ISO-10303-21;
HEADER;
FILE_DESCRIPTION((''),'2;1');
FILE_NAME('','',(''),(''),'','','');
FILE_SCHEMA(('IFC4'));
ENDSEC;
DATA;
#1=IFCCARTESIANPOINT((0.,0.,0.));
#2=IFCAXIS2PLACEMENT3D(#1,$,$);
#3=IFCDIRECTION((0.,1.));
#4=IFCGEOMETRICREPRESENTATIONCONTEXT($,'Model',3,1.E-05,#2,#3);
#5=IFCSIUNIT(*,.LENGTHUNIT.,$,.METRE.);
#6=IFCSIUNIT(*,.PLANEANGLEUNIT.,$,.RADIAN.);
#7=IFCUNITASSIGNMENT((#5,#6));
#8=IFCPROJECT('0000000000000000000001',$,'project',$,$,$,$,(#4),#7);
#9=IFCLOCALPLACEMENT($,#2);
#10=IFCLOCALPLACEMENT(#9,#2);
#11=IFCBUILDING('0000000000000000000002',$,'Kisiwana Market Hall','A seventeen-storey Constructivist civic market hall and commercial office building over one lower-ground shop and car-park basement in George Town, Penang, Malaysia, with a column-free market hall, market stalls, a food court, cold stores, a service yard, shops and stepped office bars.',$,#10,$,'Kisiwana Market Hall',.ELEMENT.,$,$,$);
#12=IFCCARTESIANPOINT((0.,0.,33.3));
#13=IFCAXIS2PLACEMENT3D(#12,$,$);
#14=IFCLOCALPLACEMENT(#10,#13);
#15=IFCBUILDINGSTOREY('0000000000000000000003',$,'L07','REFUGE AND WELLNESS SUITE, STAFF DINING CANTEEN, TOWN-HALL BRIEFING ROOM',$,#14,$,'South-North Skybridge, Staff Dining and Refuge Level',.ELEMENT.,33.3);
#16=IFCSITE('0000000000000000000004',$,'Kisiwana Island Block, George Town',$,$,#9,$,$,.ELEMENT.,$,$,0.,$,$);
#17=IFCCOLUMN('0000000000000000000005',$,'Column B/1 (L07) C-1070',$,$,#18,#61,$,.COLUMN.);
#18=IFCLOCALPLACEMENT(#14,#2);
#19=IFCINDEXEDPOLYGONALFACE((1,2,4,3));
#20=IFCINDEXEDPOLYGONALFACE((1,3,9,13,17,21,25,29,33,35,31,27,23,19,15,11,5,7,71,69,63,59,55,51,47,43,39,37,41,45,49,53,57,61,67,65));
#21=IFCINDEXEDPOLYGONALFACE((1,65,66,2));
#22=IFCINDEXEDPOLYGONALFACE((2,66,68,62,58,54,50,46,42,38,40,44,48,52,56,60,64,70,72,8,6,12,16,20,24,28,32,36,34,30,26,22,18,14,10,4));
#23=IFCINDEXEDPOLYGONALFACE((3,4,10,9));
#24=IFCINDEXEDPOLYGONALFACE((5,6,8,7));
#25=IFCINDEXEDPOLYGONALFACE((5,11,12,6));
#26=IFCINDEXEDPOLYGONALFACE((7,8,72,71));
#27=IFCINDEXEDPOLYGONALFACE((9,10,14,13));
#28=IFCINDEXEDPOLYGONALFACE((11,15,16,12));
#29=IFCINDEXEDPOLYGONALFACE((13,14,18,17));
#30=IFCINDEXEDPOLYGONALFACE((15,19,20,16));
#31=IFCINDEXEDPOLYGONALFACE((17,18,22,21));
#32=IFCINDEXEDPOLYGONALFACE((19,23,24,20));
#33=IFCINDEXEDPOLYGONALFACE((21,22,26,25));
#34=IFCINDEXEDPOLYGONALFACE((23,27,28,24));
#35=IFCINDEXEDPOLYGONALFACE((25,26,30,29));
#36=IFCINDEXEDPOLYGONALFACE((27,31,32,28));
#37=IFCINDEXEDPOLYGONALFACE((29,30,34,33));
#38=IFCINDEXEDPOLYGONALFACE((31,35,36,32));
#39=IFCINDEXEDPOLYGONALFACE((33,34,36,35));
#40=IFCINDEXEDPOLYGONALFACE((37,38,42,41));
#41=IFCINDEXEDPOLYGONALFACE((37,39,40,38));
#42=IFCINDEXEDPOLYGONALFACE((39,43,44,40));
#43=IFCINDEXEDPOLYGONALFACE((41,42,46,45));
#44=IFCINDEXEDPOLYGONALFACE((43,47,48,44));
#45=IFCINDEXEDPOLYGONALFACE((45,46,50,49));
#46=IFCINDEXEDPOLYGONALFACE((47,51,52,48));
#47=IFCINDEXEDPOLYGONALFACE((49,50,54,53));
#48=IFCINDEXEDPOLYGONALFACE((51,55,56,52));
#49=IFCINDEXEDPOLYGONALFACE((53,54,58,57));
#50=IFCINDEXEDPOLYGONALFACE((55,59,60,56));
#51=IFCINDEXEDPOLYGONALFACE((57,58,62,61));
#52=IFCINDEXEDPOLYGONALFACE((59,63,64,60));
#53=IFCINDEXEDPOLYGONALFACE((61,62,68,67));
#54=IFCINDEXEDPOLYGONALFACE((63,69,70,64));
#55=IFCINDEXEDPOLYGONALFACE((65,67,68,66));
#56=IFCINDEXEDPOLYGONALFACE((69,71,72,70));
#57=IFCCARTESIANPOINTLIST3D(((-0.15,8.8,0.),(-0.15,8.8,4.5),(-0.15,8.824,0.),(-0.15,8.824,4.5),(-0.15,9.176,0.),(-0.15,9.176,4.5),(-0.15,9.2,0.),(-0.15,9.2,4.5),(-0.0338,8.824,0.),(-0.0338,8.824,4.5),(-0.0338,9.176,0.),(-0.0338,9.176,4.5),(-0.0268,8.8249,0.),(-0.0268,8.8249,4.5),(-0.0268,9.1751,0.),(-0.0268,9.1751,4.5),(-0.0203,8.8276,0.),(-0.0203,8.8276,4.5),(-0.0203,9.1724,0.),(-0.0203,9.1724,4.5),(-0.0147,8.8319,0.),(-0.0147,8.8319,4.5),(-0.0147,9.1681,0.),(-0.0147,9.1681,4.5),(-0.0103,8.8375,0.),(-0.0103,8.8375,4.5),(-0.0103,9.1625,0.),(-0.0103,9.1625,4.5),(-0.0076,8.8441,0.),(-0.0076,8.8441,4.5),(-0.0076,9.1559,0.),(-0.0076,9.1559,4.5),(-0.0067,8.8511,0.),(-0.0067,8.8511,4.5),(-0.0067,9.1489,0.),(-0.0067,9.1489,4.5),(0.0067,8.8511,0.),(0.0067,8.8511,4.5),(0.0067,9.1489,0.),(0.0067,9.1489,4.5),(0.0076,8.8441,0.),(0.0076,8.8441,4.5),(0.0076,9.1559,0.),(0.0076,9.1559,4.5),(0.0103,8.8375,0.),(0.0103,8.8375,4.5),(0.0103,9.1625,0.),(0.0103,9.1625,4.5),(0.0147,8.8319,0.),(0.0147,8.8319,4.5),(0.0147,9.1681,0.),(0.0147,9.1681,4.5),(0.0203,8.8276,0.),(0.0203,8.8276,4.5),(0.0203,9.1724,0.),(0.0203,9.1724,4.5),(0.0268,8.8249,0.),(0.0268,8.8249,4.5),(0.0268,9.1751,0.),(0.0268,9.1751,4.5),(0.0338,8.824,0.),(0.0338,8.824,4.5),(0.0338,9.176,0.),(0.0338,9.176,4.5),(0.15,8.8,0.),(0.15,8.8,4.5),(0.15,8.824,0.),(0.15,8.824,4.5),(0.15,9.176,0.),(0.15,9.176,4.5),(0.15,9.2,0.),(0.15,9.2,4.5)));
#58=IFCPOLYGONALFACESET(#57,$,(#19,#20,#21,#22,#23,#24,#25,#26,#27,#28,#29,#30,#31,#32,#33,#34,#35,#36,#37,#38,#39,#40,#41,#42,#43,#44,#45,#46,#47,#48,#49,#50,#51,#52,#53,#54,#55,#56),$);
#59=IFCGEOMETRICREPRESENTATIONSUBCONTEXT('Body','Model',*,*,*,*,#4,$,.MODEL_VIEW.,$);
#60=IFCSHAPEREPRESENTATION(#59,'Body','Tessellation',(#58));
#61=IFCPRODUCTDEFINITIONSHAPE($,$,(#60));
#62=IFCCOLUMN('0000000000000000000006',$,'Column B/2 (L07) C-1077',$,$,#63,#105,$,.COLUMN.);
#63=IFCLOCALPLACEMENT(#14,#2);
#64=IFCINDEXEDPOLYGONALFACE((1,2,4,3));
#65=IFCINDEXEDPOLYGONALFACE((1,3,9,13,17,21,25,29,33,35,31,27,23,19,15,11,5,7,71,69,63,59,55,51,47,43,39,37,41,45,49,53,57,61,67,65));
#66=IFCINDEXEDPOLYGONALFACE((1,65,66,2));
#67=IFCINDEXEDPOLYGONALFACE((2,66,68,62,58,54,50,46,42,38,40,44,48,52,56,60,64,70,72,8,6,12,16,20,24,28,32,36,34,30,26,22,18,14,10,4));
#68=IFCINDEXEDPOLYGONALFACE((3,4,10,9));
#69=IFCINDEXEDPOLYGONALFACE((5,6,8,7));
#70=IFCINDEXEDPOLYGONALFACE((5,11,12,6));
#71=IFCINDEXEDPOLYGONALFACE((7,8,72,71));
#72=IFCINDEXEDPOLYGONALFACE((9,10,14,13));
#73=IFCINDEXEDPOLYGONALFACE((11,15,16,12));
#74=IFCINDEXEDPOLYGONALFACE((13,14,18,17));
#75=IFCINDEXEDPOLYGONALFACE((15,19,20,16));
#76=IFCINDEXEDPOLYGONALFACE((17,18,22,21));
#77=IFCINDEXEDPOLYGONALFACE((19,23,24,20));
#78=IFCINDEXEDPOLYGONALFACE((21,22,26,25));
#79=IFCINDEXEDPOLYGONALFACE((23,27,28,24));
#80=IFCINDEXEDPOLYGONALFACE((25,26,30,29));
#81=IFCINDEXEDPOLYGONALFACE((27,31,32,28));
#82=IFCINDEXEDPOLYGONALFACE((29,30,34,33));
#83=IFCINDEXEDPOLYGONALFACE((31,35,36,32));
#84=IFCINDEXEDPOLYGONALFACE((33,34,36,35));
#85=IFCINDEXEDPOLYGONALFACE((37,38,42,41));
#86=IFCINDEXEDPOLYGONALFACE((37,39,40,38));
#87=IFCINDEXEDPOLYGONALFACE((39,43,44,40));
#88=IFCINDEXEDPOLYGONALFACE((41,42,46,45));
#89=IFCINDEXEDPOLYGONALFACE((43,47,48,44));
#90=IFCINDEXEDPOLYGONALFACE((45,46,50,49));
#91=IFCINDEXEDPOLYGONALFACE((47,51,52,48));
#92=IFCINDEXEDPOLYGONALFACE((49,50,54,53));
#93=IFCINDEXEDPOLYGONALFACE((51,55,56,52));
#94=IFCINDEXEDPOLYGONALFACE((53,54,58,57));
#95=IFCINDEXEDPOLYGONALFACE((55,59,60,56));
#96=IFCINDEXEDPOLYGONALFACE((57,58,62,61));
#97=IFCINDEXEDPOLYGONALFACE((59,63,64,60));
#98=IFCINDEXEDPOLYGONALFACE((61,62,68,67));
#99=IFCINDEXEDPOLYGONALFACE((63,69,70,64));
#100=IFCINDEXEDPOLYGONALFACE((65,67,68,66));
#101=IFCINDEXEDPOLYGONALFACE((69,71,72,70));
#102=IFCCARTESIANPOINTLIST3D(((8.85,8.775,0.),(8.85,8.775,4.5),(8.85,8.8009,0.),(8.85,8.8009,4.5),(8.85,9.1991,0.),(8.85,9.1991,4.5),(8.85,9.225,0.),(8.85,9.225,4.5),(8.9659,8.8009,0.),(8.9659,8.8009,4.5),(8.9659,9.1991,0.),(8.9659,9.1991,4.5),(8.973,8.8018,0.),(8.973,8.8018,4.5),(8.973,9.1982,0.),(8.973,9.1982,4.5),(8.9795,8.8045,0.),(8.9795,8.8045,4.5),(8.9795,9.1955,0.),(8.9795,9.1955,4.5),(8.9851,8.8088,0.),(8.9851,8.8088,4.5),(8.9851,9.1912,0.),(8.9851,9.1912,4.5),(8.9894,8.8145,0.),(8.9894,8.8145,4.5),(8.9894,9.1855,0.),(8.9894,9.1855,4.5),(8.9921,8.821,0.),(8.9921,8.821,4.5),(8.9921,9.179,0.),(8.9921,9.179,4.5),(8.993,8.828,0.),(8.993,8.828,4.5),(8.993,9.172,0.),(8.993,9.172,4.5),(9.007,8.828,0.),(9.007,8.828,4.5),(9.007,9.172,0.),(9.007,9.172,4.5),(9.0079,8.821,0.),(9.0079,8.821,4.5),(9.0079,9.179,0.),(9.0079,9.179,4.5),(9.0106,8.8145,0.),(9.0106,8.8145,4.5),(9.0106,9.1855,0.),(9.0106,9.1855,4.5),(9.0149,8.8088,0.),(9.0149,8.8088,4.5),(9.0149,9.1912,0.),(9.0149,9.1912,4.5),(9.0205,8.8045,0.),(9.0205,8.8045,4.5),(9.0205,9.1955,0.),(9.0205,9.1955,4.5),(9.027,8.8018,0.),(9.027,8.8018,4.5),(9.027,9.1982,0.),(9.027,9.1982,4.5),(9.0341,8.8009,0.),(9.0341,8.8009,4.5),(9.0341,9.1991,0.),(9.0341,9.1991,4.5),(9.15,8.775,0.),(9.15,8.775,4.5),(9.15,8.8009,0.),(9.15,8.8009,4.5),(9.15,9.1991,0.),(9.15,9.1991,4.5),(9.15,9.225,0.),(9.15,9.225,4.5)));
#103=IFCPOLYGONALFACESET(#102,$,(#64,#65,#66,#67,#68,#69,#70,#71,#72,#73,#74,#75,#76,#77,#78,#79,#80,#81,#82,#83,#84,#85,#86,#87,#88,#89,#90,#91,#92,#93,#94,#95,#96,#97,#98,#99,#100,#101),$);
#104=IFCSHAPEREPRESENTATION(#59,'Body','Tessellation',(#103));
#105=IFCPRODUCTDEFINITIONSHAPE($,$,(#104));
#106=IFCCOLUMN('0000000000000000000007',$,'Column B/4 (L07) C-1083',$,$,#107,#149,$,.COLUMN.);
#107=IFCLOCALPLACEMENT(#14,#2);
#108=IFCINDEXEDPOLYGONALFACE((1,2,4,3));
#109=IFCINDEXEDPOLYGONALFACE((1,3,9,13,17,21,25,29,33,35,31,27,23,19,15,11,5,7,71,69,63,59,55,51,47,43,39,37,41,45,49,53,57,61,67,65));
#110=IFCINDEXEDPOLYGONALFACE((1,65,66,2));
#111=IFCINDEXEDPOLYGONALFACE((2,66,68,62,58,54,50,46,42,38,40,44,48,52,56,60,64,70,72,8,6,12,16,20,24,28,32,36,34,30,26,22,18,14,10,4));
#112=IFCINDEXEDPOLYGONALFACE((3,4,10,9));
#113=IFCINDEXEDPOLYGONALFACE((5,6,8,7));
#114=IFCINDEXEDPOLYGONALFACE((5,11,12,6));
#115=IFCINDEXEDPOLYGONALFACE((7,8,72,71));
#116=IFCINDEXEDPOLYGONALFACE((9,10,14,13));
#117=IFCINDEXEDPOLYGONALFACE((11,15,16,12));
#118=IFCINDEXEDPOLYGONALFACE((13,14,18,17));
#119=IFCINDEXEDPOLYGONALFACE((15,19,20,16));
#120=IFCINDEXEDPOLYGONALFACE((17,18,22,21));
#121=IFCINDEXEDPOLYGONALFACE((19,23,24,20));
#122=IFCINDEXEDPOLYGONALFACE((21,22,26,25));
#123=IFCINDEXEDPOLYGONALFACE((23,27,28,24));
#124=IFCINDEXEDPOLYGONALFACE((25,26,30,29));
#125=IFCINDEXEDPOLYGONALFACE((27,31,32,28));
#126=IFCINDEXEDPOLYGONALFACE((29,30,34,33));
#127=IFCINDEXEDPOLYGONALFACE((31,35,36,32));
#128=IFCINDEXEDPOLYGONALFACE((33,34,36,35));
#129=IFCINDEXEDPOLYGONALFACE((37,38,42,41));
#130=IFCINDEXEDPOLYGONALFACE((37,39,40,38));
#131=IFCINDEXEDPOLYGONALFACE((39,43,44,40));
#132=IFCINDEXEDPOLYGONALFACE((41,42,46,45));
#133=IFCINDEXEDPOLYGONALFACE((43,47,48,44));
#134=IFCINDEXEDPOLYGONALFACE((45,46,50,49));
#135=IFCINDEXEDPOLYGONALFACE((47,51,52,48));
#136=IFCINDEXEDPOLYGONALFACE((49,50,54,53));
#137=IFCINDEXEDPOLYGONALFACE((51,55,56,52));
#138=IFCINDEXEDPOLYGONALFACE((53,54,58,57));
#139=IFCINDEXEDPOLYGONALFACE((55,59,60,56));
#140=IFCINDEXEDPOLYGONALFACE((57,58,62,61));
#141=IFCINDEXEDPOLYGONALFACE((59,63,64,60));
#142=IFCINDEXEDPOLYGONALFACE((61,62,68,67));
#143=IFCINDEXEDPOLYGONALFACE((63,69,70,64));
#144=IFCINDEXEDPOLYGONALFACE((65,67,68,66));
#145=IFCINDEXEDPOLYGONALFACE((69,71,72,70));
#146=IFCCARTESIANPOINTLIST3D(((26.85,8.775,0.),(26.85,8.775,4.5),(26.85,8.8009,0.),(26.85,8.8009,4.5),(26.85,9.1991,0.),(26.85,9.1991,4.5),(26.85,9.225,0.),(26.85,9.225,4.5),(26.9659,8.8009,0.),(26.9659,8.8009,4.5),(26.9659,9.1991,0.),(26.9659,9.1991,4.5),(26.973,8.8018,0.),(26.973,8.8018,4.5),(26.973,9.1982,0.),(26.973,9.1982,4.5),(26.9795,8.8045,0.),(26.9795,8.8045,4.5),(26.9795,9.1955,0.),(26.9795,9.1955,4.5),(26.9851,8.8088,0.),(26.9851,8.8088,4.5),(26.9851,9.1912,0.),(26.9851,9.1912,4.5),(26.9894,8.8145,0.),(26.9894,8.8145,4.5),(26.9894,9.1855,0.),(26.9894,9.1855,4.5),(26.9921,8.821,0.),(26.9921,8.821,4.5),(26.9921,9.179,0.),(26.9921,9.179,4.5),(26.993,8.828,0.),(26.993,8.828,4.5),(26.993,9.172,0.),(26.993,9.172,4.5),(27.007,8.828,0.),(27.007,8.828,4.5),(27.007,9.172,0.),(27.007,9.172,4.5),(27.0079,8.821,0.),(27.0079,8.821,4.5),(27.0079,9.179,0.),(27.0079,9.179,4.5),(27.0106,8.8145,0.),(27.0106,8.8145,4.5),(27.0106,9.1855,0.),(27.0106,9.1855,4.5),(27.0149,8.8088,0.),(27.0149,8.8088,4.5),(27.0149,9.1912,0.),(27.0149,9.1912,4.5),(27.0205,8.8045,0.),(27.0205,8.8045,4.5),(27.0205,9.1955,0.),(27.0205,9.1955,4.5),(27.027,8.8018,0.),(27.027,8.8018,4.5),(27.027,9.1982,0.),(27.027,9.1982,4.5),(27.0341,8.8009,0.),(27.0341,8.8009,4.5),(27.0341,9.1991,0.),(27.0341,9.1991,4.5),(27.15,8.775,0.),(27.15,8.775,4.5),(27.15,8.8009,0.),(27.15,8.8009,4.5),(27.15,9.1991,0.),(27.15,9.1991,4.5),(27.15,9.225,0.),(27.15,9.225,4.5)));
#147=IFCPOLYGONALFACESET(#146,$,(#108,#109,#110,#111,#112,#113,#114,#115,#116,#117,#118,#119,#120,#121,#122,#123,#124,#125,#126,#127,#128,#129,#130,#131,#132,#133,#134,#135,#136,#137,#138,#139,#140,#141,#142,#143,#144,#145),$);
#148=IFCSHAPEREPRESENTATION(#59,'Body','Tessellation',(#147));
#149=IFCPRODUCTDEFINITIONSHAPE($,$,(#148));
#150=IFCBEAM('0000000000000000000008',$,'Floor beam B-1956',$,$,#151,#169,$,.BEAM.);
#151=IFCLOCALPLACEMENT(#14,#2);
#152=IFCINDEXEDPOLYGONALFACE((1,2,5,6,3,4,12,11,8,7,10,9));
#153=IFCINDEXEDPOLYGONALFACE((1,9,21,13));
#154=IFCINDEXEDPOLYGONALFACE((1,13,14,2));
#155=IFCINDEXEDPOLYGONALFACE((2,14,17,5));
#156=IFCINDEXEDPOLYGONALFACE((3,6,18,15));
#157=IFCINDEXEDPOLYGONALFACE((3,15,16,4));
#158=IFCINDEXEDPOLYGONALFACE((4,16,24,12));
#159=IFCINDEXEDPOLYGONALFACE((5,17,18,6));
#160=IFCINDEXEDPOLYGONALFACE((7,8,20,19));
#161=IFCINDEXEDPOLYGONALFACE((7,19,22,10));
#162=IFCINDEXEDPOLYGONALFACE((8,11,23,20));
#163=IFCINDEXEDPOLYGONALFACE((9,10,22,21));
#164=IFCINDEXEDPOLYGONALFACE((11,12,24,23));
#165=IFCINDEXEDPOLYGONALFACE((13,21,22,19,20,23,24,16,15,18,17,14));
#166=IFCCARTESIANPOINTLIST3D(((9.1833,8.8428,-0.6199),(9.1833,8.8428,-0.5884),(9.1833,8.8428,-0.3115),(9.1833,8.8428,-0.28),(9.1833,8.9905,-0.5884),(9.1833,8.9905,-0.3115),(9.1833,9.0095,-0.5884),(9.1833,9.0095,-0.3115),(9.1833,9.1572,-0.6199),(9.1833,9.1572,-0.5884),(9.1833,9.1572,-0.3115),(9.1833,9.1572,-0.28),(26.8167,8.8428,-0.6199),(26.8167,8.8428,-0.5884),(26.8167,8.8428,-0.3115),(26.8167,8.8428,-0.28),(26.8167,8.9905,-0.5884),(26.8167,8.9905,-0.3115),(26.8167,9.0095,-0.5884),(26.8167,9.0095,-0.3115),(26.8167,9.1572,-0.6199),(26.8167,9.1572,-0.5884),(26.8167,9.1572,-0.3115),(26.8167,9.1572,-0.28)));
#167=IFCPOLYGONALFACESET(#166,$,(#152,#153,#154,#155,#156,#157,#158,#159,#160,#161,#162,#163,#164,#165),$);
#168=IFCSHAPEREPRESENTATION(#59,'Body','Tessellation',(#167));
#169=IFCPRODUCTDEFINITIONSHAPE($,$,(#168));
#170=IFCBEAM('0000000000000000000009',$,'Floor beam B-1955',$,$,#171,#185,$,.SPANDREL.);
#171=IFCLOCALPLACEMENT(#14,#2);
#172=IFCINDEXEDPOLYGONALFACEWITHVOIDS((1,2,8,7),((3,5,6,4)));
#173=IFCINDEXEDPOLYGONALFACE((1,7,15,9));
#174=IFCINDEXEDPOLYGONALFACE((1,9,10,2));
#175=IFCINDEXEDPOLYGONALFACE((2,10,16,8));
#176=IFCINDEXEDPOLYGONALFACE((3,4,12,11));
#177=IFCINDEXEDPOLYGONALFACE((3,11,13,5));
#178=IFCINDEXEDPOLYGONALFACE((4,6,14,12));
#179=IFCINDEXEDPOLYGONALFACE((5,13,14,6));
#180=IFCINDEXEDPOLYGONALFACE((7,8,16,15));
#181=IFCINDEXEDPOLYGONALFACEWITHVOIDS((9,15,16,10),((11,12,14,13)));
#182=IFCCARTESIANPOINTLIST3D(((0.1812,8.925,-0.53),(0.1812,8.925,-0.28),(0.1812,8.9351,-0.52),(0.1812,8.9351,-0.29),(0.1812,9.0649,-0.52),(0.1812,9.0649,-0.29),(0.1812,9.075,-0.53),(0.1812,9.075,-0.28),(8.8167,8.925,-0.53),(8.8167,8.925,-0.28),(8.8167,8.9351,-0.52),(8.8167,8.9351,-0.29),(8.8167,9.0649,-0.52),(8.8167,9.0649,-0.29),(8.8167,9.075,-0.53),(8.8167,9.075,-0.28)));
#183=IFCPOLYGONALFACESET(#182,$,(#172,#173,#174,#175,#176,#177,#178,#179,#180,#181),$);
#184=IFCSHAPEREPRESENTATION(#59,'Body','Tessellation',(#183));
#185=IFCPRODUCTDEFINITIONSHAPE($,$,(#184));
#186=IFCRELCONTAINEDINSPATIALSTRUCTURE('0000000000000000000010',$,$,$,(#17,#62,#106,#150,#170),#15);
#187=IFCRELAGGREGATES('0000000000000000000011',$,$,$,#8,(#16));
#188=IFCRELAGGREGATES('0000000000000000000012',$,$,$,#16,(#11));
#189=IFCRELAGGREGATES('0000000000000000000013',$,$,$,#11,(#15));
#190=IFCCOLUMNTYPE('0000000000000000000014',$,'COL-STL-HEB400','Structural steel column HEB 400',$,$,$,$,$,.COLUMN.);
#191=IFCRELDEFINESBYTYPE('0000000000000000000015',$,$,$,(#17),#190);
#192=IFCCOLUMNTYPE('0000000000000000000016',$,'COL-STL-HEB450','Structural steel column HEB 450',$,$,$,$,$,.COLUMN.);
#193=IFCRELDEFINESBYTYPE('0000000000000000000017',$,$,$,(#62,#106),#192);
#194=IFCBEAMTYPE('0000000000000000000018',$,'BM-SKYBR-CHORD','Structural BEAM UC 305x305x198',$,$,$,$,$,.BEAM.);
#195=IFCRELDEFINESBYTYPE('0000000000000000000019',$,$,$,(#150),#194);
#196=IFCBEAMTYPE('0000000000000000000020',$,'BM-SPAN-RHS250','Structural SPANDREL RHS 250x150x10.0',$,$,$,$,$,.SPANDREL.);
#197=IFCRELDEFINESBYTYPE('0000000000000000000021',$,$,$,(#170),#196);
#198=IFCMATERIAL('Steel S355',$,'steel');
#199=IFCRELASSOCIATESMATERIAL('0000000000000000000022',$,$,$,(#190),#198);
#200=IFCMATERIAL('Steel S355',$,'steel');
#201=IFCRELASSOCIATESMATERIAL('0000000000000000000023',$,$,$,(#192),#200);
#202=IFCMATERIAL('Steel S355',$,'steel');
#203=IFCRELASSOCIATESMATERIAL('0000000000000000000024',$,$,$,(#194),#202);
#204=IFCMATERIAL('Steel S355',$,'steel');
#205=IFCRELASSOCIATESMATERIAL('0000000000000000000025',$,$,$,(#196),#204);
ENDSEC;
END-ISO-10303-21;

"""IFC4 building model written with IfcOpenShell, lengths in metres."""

from ifc_helpers import new_model, si_unit, direction, frame, origin, origin_2d, place, context, subcontext, project, spatial, hollow_rectangle, i_section, extrude, material, material_profile, profile_set, type_object, element, save


model = new_model("IFC4")

# Units and contexts
model_context = context("Model", 3, precision=1e-05, world=origin(), true_north=direction((0.0, 1.0)))
body_context = subcontext(model_context, "Body", "Model", "MODEL_VIEW")
ifc_project = project(units=[si_unit("LENGTHUNIT", "METRE"), si_unit("PLANEANGLEUNIT", "RADIAN")], contexts=[model_context])

# Site, building, storey
site_placement = place(None, origin())
site = spatial("IfcSite", under=ifc_project, at=site_placement, Name="Kisiwana Island Block, George Town", CompositionType="ELEMENT", RefElevation=0.0)
building_placement = place(site_placement, origin())
building = spatial("IfcBuilding", under=site, at=building_placement, Name="Kisiwana Market Hall", Description="A seventeen-storey Constructivist civic market hall and commercial office building over one lower-ground shop and car-park basement in George Town, Penang, Malaysia, with a column-free market hall, market stalls, a food court, cold stores, a service yard, shops and stepped office bars.", LongName="Kisiwana Market Hall", CompositionType="ELEMENT")
storey_placement = place(building_placement, frame((0.0, 0.0, 33.3)))
storey = spatial("IfcBuildingStorey", under=building, at=storey_placement, Name="L07", Description="REFUGE AND WELLNESS SUITE, STAFF DINING CANTEEN, TOWN-HALL BRIEFING ROOM", LongName="South-North Skybridge, Staff Dining and Refuge Level", CompositionType="ELEMENT", Elevation=33.3)

# Columns
ifc_material_1 = material(Name="Steel S355", Category="steel")
ifc_material_profile_1 = material_profile(ifc_material_1, i_section(OverallWidth=0.3, OverallDepth=0.3999, WebThickness=0.0134, FlangeThickness=0.0239, FilletRadius=0.0271, at=origin_2d()), Name="HEB 400")
ifc_profile_set_1 = profile_set([ifc_material_profile_1], Name="Steel S355")
column_type_1 = type_object("IfcColumnType", Name="COL-STL-HEB400", Description="Structural steel column HEB 400", PredefinedType="COLUMN", material=ifc_profile_set_1)
column_placement = place(storey_placement, frame((0.0, 9.0, 0.0), z_axis=(0.0, 0.0, 1.0), x_axis=(1.0, 0.0, 0.0)))
element("IfcColumn", 1, at=column_placement, inside=storey, type_object=column_type_1, Name="Column B/1 (L07) C-1070", PredefinedType="COLUMN", context=body_context, shape_type="SweptSolid", body=[
    extrude(i_section(OverallWidth=0.3, OverallDepth=0.3999, WebThickness=0.0134, FlangeThickness=0.0239, FilletRadius=0.0271, at=origin_2d()), origin(), (0.0, 0.0, 1.0), 4.5),
])
ifc_material_2 = material(Name="Steel S355", Category="steel")
ifc_material_profile_2 = material_profile(ifc_material_2, i_section(OverallWidth=0.3, OverallDepth=0.45, WebThickness=0.0139, FlangeThickness=0.0259, FilletRadius=0.0271, at=origin_2d()), Name="HEB 450")
ifc_profile_set_2 = profile_set([ifc_material_profile_2], Name="Steel S355")
column_type_2 = type_object("IfcColumnType", Name="COL-STL-HEB450", Description="Structural steel column HEB 450", PredefinedType="COLUMN", material=ifc_profile_set_2)
for number, where, z_axis, x_axis, name in (
    (2, (9.0, 9.0, 0.0), (0.0, 0.0, 1.0), (1.0, 0.0, 0.0), "Column B/2 (L07) C-1077"),
    (3, (27.0, 9.0, 0.0), (0.0, 0.0, 1.0), (1.0, 0.0, 0.0), "Column B/4 (L07) C-1083"),
):
    element("IfcColumn", number, at=place(storey_placement, frame(where, z_axis=z_axis, x_axis=x_axis)), inside=storey, type_object=column_type_2, Name=name, PredefinedType="COLUMN", context=body_context, shape_type="SweptSolid", body=[
        extrude(i_section(OverallWidth=0.3, OverallDepth=0.45, WebThickness=0.0139, FlangeThickness=0.0259, FilletRadius=0.0271, at=origin_2d()), origin(), (0.0, 0.0, 1.0), 4.5),
    ])

# Beams
ifc_material_3 = material(Name="Steel S355", Category="steel")
ifc_material_profile_3 = material_profile(ifc_material_3, i_section(OverallWidth=0.3145, OverallDepth=0.3398, WebThickness=0.019, FlangeThickness=0.0315, at=origin_2d()), Name="UC 305x305x198")
ifc_profile_set_3 = profile_set([ifc_material_profile_3], Name="Steel S355")
beam_type_1 = type_object("IfcBeamType", Name="BM-SKYBR-CHORD", Description="Structural BEAM UC 305x305x198", PredefinedType="BEAM", material=ifc_profile_set_3)
beam_placement = place(storey_placement, frame((9.1833, 9.0, -0.45), z_axis=(1.0, 0.0, 0.0), x_axis=(0.0, 1.0, 0.0)))
element("IfcBeam", 4, at=beam_placement, inside=storey, type_object=beam_type_1, Name="Floor beam B-1956", PredefinedType="BEAM", context=body_context, shape_type="SweptSolid", body=[
    extrude(i_section(OverallWidth=0.3145, OverallDepth=0.3398, WebThickness=0.019, FlangeThickness=0.0315, at=origin_2d()), origin(), (0.0, 0.0, 1.0), 17.6333),
])
ifc_material_4 = material(Name="Steel S355", Category="steel")
ifc_material_profile_4 = material_profile(ifc_material_4, hollow_rectangle(XDim=0.1499, YDim=0.25, WallThickness=0.01, at=origin_2d()), Name="RHS 250x150x10.0")
ifc_profile_set_4 = profile_set([ifc_material_profile_4], Name="Steel S355")
beam_type_2 = type_object("IfcBeamType", Name="BM-SPAN-RHS250", Description="Structural SPANDREL RHS 250x150x10.0", PredefinedType="SPANDREL", material=ifc_profile_set_4)
for number, where, z_axis, x_axis, name in (
    (5, (0.1812, 9.0, -0.405), (1.0, 0.0, 0.0), (0.0, 1.0, 0.0), "Floor beam B-1955"),
):
    element("IfcBeam", number, at=place(storey_placement, frame(where, z_axis=z_axis, x_axis=x_axis)), inside=storey, type_object=beam_type_2, Name=name, PredefinedType="SPANDREL", context=body_context, shape_type="SweptSolid", body=[
        extrude(hollow_rectangle(XDim=0.1499, YDim=0.25, WallThickness=0.01, at=origin_2d()), origin(), (0.0, 0.0, 1.0), 8.6355),
    ])

save(model, "model.ifc")
